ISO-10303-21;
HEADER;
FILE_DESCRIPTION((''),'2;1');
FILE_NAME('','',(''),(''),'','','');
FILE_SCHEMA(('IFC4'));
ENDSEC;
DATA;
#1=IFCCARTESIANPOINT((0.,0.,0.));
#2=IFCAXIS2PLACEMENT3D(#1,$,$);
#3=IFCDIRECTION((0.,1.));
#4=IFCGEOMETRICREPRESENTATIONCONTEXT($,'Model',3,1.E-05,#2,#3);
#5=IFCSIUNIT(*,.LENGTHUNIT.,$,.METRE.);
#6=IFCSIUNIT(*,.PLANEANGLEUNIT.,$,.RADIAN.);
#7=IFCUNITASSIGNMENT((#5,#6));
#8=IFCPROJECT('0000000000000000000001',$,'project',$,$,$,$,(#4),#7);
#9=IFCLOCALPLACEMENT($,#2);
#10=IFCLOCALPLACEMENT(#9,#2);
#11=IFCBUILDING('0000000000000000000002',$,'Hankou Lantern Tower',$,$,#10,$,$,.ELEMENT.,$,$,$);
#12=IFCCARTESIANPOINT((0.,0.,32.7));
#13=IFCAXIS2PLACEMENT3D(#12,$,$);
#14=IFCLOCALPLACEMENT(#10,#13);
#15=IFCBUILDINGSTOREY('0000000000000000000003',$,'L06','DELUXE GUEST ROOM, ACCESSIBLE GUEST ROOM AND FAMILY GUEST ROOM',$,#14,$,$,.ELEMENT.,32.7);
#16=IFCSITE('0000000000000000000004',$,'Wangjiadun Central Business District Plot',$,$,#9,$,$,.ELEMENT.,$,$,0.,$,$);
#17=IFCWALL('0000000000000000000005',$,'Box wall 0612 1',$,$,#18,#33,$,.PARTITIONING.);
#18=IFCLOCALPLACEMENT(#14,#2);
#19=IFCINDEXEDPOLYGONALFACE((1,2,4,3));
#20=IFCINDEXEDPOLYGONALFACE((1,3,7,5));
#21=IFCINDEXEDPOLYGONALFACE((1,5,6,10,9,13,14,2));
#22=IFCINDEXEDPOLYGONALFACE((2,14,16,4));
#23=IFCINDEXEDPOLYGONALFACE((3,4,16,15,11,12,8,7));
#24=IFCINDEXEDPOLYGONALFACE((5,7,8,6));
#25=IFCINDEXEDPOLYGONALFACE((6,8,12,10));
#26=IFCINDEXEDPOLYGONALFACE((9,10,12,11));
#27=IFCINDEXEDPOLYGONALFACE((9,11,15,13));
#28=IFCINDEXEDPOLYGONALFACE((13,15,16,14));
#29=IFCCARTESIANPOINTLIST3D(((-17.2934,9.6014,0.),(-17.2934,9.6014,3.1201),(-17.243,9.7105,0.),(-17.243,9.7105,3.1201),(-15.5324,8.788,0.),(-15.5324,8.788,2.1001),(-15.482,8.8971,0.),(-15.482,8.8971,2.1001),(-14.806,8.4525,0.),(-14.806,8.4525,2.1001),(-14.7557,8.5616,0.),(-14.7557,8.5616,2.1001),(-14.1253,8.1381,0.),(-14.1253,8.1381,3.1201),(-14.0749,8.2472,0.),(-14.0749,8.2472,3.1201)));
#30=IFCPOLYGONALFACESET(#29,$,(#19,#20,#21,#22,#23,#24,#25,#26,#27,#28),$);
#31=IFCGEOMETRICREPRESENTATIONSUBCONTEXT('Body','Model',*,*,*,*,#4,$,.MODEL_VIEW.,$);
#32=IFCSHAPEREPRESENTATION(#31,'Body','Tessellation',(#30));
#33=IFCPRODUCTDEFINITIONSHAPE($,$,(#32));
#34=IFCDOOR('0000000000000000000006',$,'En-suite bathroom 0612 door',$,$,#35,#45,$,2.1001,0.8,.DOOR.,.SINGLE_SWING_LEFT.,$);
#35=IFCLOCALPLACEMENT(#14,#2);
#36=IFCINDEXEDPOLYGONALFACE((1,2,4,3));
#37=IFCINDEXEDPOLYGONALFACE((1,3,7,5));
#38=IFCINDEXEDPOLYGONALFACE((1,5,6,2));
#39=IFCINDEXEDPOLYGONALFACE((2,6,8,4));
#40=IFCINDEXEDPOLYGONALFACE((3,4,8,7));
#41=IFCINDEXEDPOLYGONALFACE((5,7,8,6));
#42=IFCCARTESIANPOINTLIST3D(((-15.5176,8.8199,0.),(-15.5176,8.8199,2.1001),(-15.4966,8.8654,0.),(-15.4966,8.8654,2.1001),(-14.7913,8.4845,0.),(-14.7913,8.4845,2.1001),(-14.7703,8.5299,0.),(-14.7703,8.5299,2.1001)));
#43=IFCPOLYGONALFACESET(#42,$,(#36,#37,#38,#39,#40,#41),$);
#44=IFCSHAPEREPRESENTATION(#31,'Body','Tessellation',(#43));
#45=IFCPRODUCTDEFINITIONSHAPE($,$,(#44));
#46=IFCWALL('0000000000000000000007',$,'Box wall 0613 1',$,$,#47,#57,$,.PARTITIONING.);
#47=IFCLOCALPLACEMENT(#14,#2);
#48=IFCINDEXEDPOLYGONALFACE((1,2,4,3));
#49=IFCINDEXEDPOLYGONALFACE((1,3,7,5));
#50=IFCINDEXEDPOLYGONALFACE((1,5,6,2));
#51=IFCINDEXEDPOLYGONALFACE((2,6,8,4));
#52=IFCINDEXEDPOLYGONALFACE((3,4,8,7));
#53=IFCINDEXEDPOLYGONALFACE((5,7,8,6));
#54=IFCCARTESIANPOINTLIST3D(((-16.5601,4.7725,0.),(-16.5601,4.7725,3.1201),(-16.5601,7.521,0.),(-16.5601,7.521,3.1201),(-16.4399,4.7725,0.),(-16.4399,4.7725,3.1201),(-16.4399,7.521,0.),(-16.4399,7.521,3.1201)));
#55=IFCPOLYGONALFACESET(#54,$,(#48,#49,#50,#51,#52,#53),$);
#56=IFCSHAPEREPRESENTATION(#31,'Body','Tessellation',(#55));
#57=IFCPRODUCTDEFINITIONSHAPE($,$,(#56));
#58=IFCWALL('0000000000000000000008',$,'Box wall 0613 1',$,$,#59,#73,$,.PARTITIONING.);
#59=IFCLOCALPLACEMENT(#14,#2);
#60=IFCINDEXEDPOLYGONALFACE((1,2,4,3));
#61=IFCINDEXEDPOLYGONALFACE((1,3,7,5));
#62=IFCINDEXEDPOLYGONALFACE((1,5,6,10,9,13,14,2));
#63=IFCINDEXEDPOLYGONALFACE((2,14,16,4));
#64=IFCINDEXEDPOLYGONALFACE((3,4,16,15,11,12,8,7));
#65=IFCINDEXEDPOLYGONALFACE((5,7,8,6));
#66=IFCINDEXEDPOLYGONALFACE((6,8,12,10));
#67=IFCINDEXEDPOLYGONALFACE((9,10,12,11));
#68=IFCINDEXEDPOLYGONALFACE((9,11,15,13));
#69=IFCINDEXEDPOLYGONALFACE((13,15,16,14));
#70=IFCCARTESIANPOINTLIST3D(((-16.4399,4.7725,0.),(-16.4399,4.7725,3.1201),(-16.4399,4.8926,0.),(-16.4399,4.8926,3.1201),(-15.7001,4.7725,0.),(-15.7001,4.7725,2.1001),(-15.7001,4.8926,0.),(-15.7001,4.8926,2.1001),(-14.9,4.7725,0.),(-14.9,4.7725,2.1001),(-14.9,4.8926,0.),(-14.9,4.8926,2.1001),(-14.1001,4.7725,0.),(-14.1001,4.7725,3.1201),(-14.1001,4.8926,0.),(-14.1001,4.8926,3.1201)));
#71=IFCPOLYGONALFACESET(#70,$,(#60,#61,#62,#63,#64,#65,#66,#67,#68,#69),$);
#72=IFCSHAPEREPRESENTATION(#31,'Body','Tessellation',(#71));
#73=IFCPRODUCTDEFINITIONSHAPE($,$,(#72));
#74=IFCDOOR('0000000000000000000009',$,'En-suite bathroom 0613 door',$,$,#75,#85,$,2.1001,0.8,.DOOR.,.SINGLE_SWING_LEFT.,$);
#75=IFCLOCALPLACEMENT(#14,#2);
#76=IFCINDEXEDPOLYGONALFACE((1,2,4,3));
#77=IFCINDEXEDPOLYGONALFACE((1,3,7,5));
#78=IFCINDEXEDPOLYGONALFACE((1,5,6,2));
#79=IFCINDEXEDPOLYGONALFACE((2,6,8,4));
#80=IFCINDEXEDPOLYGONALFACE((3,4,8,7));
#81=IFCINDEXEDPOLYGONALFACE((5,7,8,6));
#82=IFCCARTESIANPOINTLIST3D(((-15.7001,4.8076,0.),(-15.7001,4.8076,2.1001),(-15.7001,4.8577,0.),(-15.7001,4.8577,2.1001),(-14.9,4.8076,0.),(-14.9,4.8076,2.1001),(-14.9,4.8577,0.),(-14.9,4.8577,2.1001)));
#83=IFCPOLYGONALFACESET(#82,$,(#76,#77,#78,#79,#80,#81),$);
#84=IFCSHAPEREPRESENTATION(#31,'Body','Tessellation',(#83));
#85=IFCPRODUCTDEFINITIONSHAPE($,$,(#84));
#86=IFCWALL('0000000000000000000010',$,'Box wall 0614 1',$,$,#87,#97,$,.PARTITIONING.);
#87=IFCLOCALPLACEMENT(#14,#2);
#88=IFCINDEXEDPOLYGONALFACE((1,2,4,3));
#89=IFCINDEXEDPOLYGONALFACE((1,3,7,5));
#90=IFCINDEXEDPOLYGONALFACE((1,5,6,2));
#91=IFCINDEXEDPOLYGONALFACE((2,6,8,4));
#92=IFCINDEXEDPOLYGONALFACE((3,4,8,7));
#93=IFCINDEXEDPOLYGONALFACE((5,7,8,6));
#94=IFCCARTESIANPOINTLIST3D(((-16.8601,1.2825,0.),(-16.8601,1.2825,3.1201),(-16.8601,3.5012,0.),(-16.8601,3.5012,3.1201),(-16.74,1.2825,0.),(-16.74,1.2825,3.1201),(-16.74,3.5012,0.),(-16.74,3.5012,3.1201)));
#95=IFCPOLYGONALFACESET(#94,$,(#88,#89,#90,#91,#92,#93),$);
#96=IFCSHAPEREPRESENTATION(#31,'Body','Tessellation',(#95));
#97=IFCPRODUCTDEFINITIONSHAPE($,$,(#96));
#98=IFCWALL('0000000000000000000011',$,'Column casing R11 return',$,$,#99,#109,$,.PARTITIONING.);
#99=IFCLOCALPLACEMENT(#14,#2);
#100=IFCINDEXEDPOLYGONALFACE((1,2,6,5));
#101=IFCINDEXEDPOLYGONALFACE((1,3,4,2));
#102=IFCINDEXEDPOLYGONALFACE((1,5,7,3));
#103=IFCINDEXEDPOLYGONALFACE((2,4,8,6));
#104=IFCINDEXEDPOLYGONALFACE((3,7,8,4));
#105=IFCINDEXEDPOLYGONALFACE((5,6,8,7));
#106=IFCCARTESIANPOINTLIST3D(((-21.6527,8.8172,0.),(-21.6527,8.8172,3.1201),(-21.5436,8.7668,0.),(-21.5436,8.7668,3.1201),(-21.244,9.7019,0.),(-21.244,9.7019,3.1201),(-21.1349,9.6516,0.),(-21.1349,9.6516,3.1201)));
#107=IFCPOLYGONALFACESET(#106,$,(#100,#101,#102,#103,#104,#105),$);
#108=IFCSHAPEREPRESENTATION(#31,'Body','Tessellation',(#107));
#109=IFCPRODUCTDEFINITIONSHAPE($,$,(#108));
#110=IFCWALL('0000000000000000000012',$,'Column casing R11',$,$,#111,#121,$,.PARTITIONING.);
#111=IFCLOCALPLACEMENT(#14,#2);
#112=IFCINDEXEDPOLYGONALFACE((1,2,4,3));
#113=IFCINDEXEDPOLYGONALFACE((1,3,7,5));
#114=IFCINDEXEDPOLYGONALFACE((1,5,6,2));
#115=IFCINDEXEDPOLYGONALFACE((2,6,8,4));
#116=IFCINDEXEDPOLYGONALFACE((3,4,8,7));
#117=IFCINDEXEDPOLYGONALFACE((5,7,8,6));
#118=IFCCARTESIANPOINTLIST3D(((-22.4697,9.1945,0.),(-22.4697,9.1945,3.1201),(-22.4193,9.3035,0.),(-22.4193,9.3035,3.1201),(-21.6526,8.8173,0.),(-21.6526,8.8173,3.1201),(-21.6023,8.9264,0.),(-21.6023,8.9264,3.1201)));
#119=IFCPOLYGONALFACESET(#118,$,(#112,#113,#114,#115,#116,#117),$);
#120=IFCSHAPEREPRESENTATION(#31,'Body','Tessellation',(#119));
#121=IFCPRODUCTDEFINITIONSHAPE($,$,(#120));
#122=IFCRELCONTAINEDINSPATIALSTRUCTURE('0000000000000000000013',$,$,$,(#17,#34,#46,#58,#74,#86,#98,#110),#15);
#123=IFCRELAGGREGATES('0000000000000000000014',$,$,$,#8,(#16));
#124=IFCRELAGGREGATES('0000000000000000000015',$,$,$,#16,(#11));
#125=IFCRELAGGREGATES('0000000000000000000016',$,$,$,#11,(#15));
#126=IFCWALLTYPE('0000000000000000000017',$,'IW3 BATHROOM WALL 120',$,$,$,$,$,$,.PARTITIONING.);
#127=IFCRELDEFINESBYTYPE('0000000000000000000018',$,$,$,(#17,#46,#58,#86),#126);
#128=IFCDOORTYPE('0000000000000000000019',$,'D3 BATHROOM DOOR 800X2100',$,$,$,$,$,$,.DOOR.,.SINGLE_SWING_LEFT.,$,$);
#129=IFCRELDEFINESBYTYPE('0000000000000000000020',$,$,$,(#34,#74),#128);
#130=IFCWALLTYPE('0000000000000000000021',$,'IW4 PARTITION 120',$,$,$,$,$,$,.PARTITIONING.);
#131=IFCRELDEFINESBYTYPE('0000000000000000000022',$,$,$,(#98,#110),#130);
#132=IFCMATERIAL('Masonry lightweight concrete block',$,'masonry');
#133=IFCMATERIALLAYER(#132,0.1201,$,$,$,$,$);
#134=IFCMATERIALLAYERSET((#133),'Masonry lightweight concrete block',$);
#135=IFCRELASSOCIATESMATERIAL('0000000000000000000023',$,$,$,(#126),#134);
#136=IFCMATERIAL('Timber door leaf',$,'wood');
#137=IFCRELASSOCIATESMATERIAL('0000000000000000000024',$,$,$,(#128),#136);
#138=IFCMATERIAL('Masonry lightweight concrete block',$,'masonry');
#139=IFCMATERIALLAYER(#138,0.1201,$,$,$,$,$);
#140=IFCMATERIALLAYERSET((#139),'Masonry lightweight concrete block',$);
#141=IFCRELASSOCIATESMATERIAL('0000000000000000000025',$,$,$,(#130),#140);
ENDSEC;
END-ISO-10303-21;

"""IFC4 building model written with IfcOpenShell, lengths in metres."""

from ifc_helpers import new_model, si_unit, direction, frame, frame_2d, origin, place, context, subcontext, project, spatial, rectangle, extrude, material, layer, layer_set, type_object, element, fill, save


model = new_model("IFC4")

# Units and contexts
model_context = context("Model", 3, precision=1e-05, world=origin(), true_north=direction((0.0, 1.0)))
body_context = subcontext(model_context, "Body", "Model", "MODEL_VIEW")
ifc_project = project(units=[si_unit("LENGTHUNIT", "METRE"), si_unit("PLANEANGLEUNIT", "RADIAN")], contexts=[model_context])

# Site, building, storey
site_placement = place(None, origin())
site = spatial("IfcSite", under=ifc_project, at=site_placement, Name="Wangjiadun Central Business District Plot", CompositionType="ELEMENT", RefElevation=0.0)
building_placement = place(site_placement, origin())
building = spatial("IfcBuilding", under=site, at=building_placement, Name="Hankou Lantern Tower", CompositionType="ELEMENT")
storey_placement = place(building_placement, frame((0.0, 0.0, 32.7)))
storey = spatial("IfcBuildingStorey", under=building, at=storey_placement, Name="L06", Description="DELUXE GUEST ROOM, ACCESSIBLE GUEST ROOM AND FAMILY GUEST ROOM", CompositionType="ELEMENT", Elevation=32.7)

# Shared definitions
ifc_material_1 = material(Name="Masonry lightweight concrete block", Category="masonry")
ifc_layer_1 = layer(ifc_material_1, 0.1201)
ifc_layer_set_1 = layer_set([ifc_layer_1], Name="Masonry lightweight concrete block")
wall_type_1 = type_object("IfcWallType", Name="IW3 BATHROOM WALL 120", PredefinedType="PARTITIONING", material=ifc_layer_set_1)

# Wall, opening, door
wall_1_placement = place(storey_placement, frame((-14.1001, 8.1926, 0.0), z_axis=(0.0, 0.0, 1.0), x_axis=(-0.907836, 0.419324, 0.0)))
wall_1 = element("IfcWall", 1, at=wall_1_placement, inside=storey, type_object=wall_type_1, Name="Box wall 0612 1", PredefinedType="PARTITIONING", context=body_context, shape_type="SweptSolid", body=[
    extrude(rectangle(XDim=3.4897, YDim=0.1201, at=frame_2d((1.7449, 0.0))), origin(), (0.0, 0.0, 1.0), 3.1201),
])
opening_1_placement = place(wall_1_placement, frame((0.75, 0.0, 0.0)))
opening_1 = element("IfcOpeningElement", 2, at=opening_1_placement, cuts=wall_1, PredefinedType="OPENING", context=body_context, shape_type="SweptSolid", body=[
    extrude(rectangle(XDim=0.8, YDim=2.1001, at=frame_2d((0.3999, 1.05))), frame((0.0, 0.0701, 0.0), z_axis=(0.0, -1.0, 0.0), x_axis=(1.0, 0.0, 0.0)), (0.0, 0.0, 1.0), 0.1401),
])
ifc_material_2 = material(Name="Timber door leaf", Category="wood")
door_type_1 = type_object("IfcDoorType", Name="D3 BATHROOM DOOR 800X2100", OperationType="SINGLE_SWING_LEFT", PredefinedType="DOOR", material=ifc_material_2)
door_1_placement = place(opening_1_placement, origin())
door_1 = element("IfcDoor", 3, at=door_1_placement, inside=storey, type_object=door_type_1, Name="En-suite bathroom 0612 door", OperationType="SINGLE_SWING_LEFT", OverallHeight=2.1001, OverallWidth=0.8, PredefinedType="DOOR", context=body_context, shape_type="SweptSolid", body=[
    extrude(rectangle(XDim=0.8, YDim=2.1001, at=frame_2d((0.3999, 1.05))), frame((0.0, 0.0249, 0.0), z_axis=(0.0, -1.0, 0.0), x_axis=(1.0, 0.0, 0.0)), (0.0, 0.0, 1.0), 0.05),
])
fill(opening_1, door_1)

# Wall
wall_2_placement = place(storey_placement, frame((-16.5, 7.521, 0.0), z_axis=(0.0, 0.0, 1.0), x_axis=(0.0, -1.0, 0.0)))
element("IfcWall", 4, at=wall_2_placement, inside=storey, type_object=wall_type_1, Name="Box wall 0613 1", PredefinedType="PARTITIONING", context=body_context, shape_type="SweptSolid", body=[
    extrude(rectangle(XDim=2.7485, YDim=0.1201, at=frame_2d((1.3743, 0.0))), origin(), (0.0, 0.0, 1.0), 3.1201),
])

# Wall, opening, door
wall_3_placement = place(storey_placement, frame((-14.1001, 4.8325, 0.0), z_axis=(0.0, 0.0, 1.0), x_axis=(-1.0, 0.0, 0.0)))
wall_3 = element("IfcWall", 5, at=wall_3_placement, inside=storey, type_object=wall_type_1, Name="Box wall 0613 1", PredefinedType="PARTITIONING", context=body_context, shape_type="SweptSolid", body=[
    extrude(rectangle(XDim=2.3398, YDim=0.1201, at=frame_2d((1.1699, 0.0))), origin(), (0.0, 0.0, 1.0), 3.1201),
])
opening_2_placement = place(wall_3_placement, frame((0.8, 0.0, 0.0)))
opening_2 = element("IfcOpeningElement", 6, at=opening_2_placement, cuts=wall_3, PredefinedType="OPENING", context=body_context, shape_type="SweptSolid", body=[
    extrude(rectangle(XDim=0.8, YDim=2.1001, at=frame_2d((0.3999, 1.05))), frame((0.0, 0.0701, 0.0), z_axis=(0.0, -1.0, 0.0), x_axis=(1.0, 0.0, 0.0)), (0.0, 0.0, 1.0), 0.1401),
])
door_2_placement = place(opening_2_placement, origin())
door_2 = element("IfcDoor", 7, at=door_2_placement, inside=storey, type_object=door_type_1, Name="En-suite bathroom 0613 door", OperationType="SINGLE_SWING_LEFT", OverallHeight=2.1001, OverallWidth=0.8, PredefinedType="DOOR", context=body_context, shape_type="SweptSolid", body=[
    extrude(rectangle(XDim=0.8, YDim=2.1001, at=frame_2d((0.3999, 1.05))), frame((0.0, 0.0249, 0.0), z_axis=(0.0, -1.0, 0.0), x_axis=(1.0, 0.0, 0.0)), (0.0, 0.0, 1.0), 0.05),
])
fill(opening_2, door_2)

# Walls
wall_4_placement = place(storey_placement, frame((-16.8, 3.5012, 0.0), z_axis=(0.0, 0.0, 1.0), x_axis=(0.0, -1.0, 0.0)))
element("IfcWall", 8, at=wall_4_placement, inside=storey, type_object=wall_type_1, Name="Box wall 0614 1", PredefinedType="PARTITIONING", context=body_context, shape_type="SweptSolid", body=[
    extrude(rectangle(XDim=2.2188, YDim=0.1201, at=frame_2d((1.1094, 0.0))), origin(), (0.0, 0.0, 1.0), 3.1201),
])
ifc_material_3 = material(Name="Masonry lightweight concrete block", Category="masonry")
ifc_layer_2 = layer(ifc_material_3, 0.1201)
ifc_layer_set_2 = layer_set([ifc_layer_2], Name="Masonry lightweight concrete block")
wall_type_2 = type_object("IfcWallType", Name="IW4 PARTITION 120", PredefinedType="PARTITIONING", material=ifc_layer_set_2)
wall_5_placement = place(storey_placement, frame((-21.1895, 9.6768, 0.0), z_axis=(0.0, 0.0, 1.0), x_axis=(-0.419344, -0.907827, 0.0)))
element("IfcWall", 9, at=wall_5_placement, inside=storey, type_object=wall_type_2, Name="Column casing R11 return", PredefinedType="PARTITIONING", context=body_context, shape_type="SweptSolid", body=[
    extrude(rectangle(XDim=0.9746, YDim=0.1201, at=frame_2d((0.4873, 0.0))), origin(), (0.0, 0.0, 1.0), 3.1201),
])
wall_6_placement = place(storey_placement, frame((-21.6274, 8.8718, 0.0), z_axis=(0.0, 0.0, 1.0), x_axis=(-0.907936, 0.41911, 0.0)))
element("IfcWall", 10, at=wall_6_placement, inside=storey, type_object=wall_type_2, Name="Column casing R11", PredefinedType="PARTITIONING", context=body_context, shape_type="SweptSolid", body=[
    extrude(rectangle(XDim=0.8999, YDim=0.1201, at=frame_2d((0.45, 0.0))), origin(), (0.0, 0.0, 1.0), 3.1201),
])

save(model, "model.ifc")
